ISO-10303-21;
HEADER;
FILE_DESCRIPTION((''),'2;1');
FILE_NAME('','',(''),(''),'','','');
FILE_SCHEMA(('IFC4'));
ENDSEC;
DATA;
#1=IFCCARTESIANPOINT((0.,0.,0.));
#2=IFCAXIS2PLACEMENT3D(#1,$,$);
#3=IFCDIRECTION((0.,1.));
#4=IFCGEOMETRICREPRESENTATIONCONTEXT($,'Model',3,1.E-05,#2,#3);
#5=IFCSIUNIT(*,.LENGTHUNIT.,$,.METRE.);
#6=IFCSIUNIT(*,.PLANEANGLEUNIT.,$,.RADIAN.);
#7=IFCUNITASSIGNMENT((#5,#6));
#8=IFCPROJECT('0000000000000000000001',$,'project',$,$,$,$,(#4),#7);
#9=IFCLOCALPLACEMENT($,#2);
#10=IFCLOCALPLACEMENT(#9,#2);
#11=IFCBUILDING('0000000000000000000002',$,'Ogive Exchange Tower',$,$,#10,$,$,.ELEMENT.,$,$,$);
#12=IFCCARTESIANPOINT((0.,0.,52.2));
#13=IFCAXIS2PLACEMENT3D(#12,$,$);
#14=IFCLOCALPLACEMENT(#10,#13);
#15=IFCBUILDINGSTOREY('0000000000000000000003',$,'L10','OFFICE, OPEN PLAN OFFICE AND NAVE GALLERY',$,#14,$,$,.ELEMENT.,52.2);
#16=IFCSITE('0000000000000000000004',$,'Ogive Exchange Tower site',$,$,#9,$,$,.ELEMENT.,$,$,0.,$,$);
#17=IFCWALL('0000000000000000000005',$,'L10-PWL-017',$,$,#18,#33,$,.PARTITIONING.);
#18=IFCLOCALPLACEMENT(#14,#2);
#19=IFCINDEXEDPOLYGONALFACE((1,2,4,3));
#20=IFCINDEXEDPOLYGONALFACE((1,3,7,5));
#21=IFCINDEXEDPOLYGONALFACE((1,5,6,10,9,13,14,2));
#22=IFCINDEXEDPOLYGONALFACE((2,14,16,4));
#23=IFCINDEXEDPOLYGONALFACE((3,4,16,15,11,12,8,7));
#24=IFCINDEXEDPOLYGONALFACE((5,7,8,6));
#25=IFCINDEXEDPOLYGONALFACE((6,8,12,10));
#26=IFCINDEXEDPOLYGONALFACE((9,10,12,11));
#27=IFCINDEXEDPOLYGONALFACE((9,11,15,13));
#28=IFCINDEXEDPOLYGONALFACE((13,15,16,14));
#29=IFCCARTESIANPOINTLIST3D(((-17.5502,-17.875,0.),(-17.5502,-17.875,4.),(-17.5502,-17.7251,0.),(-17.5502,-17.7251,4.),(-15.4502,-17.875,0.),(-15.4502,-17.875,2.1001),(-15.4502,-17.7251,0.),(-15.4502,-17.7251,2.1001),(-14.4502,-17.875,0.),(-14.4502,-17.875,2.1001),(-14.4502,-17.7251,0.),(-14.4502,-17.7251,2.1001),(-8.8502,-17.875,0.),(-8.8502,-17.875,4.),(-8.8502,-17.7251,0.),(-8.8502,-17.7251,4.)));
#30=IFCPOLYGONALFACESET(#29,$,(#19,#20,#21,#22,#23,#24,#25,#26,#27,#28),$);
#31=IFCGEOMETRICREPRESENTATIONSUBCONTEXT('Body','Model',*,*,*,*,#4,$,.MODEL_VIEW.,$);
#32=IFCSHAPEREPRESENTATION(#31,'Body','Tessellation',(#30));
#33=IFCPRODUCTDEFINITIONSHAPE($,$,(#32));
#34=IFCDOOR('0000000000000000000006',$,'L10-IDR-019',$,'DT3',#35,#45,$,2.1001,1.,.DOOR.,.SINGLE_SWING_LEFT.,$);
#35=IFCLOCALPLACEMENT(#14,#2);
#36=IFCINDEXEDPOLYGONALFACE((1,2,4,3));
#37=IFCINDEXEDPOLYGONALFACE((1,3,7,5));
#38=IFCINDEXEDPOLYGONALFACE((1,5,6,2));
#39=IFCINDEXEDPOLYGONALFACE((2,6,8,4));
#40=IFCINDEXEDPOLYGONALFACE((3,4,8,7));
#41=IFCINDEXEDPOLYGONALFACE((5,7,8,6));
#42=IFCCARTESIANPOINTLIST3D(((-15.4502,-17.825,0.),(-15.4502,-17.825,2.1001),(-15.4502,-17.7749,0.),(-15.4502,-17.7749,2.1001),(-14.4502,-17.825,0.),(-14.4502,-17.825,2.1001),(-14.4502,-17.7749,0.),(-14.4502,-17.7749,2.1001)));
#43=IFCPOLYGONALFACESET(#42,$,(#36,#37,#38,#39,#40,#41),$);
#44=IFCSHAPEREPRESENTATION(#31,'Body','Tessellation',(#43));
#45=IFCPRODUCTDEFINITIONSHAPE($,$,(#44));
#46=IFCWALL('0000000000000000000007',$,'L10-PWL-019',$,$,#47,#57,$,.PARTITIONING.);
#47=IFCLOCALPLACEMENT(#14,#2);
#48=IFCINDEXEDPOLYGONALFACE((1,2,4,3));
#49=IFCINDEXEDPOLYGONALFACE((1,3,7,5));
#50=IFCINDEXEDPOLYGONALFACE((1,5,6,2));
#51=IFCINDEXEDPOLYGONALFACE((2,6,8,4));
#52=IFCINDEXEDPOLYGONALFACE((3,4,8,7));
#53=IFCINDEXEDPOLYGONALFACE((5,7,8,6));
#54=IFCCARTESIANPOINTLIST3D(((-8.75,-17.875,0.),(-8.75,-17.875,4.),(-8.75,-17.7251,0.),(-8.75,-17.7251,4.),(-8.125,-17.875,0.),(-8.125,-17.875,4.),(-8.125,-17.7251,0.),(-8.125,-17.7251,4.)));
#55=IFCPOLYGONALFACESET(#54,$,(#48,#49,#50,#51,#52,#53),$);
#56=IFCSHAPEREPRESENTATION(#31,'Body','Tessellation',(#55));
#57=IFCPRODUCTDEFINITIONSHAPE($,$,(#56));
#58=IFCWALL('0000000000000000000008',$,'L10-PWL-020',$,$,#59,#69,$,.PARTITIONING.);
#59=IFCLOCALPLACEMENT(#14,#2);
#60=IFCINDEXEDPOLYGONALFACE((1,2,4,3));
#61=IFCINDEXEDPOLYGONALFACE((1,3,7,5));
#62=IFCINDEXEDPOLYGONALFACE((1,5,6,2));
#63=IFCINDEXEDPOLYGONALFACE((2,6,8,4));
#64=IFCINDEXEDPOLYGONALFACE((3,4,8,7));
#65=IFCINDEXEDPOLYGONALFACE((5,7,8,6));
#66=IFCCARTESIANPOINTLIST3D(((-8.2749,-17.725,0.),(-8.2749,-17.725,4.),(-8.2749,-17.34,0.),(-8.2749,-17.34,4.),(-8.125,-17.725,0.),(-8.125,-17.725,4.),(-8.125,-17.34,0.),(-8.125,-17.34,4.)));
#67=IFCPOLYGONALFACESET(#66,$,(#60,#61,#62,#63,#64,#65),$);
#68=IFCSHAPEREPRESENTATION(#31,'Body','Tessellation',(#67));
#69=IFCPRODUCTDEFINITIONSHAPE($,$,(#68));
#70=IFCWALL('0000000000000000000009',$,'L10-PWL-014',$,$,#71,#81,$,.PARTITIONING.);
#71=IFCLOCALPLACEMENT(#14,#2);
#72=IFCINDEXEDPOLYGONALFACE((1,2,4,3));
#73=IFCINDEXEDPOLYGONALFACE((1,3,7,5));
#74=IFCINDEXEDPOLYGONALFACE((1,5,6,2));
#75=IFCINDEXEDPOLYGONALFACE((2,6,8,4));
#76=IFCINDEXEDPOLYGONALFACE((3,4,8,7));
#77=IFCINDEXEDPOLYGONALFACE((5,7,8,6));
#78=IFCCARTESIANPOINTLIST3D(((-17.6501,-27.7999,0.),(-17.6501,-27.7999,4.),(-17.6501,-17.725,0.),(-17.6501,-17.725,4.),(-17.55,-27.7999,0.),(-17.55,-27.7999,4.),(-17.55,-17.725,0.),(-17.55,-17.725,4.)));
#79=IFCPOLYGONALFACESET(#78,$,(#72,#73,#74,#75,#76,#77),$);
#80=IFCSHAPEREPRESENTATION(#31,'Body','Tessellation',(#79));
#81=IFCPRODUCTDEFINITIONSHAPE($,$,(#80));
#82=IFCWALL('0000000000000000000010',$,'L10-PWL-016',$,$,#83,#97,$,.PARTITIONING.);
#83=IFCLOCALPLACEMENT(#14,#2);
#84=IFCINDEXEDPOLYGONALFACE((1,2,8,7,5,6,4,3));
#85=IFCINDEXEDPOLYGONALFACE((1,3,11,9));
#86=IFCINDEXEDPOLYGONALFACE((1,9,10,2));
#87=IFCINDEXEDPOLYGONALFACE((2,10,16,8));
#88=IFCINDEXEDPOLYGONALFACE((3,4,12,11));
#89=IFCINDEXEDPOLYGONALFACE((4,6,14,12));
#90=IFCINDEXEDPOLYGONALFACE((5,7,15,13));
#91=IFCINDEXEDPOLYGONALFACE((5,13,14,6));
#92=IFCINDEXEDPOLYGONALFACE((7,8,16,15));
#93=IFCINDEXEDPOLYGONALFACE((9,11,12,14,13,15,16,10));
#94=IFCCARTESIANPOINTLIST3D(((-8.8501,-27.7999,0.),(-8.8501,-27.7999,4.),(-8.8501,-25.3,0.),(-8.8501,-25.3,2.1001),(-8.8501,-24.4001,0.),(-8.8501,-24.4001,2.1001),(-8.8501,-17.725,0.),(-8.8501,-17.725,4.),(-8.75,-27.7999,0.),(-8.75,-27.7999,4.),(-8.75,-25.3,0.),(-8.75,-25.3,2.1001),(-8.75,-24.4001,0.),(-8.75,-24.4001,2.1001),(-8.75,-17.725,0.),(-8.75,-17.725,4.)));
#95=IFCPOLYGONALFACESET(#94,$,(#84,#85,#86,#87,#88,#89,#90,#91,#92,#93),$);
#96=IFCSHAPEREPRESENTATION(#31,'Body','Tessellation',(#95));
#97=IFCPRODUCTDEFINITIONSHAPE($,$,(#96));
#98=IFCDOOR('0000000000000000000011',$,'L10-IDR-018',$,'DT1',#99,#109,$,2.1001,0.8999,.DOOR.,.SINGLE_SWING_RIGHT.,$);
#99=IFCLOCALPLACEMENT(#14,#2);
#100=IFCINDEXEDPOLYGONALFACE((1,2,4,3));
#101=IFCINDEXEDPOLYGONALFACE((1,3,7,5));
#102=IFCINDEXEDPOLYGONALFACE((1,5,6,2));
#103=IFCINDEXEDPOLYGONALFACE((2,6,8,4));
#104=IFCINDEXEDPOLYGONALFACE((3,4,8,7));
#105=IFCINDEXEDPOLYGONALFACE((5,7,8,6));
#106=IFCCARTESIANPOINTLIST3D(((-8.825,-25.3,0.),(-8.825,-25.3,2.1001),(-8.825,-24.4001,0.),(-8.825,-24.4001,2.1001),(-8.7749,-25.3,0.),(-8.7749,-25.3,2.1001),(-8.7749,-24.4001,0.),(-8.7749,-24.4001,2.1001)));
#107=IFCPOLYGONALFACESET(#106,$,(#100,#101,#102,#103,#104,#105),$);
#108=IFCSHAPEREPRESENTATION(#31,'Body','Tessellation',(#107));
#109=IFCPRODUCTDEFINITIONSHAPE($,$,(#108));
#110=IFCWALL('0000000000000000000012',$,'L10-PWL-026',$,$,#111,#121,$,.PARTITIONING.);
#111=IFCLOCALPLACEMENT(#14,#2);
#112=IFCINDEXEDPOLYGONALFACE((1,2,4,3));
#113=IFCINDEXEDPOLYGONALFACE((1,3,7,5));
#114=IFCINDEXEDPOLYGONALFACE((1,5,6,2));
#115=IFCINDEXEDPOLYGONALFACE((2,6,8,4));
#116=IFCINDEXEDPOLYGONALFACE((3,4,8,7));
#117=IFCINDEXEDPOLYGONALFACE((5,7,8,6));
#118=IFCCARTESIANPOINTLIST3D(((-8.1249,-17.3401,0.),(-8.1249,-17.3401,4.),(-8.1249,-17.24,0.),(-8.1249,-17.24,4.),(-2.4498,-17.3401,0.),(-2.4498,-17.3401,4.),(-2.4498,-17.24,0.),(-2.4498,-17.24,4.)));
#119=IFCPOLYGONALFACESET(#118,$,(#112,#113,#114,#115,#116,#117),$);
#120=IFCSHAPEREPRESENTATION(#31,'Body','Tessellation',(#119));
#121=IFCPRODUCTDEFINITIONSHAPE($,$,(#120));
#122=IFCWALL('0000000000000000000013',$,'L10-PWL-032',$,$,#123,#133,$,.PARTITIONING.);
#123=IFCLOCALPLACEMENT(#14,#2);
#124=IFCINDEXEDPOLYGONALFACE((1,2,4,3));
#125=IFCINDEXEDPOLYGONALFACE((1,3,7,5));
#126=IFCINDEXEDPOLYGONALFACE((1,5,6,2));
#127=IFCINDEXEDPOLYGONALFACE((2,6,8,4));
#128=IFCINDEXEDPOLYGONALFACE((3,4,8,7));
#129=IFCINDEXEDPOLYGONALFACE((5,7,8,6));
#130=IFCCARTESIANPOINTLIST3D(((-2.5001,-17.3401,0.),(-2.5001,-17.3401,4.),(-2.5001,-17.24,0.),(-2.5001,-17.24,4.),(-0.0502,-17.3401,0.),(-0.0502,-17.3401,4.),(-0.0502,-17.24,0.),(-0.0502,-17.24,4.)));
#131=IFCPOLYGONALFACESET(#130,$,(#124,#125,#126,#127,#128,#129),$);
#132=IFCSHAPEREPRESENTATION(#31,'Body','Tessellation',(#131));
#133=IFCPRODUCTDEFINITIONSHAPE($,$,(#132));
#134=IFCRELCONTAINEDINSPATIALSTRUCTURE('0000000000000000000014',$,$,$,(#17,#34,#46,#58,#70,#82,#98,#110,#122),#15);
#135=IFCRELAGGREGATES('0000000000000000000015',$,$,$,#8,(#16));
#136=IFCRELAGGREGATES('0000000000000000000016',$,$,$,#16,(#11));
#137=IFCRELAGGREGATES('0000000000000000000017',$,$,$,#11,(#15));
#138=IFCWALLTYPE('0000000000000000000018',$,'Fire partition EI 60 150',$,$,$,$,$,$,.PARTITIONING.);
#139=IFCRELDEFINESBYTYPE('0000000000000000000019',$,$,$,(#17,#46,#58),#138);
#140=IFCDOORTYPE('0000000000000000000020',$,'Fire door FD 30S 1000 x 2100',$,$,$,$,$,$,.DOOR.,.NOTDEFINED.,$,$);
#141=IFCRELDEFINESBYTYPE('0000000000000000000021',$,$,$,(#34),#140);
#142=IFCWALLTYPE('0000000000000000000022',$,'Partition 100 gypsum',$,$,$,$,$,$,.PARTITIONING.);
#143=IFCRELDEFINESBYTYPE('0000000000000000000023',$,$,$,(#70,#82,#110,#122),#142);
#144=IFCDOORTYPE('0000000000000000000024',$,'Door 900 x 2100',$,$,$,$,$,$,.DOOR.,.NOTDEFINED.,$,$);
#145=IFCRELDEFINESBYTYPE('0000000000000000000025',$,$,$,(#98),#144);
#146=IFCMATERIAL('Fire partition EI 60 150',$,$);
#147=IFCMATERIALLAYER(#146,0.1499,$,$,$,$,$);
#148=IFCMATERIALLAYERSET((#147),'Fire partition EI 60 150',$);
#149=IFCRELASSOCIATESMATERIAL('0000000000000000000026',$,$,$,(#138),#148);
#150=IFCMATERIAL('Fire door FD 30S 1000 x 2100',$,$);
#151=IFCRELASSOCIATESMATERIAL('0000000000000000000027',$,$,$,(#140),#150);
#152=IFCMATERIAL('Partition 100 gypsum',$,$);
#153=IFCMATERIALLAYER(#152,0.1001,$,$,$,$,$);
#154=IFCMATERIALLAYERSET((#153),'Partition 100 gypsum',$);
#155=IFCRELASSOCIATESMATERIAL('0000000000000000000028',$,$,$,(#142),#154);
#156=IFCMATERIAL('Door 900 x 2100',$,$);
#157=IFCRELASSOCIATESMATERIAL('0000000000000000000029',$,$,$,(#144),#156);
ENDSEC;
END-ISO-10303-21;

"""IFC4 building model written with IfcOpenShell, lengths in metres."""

from ifc_helpers import new_model, si_unit, direction, frame, frame_2d, origin, place, context, subcontext, project, spatial, rectangle, extrude, material, layer, layer_set, type_object, element, fill, save


model = new_model("IFC4")

# Units and contexts
model_context = context("Model", 3, precision=1e-05, world=origin(), true_north=direction((0.0, 1.0)))
body_context = subcontext(model_context, "Body", "Model", "MODEL_VIEW")
ifc_project = project(units=[si_unit("LENGTHUNIT", "METRE"), si_unit("PLANEANGLEUNIT", "RADIAN")], contexts=[model_context])

# Site, building, storey
site_placement = place(None, origin())
site = spatial("IfcSite", under=ifc_project, at=site_placement, Name="Ogive Exchange Tower site", CompositionType="ELEMENT", RefElevation=0.0)
building_placement = place(site_placement, origin())
building = spatial("IfcBuilding", under=site, at=building_placement, Name="Ogive Exchange Tower", CompositionType="ELEMENT")
storey_placement = place(building_placement, frame((0.0, 0.0, 52.2)))
storey = spatial("IfcBuildingStorey", under=building, at=storey_placement, Name="L10", Description="OFFICE, OPEN PLAN OFFICE AND NAVE GALLERY", CompositionType="ELEMENT", Elevation=52.2)

# Wall, opening, door
ifc_material_1 = material(Name="Fire partition EI 60 150")
ifc_layer_1 = layer(ifc_material_1, 0.1499)
ifc_layer_set_1 = layer_set([ifc_layer_1], Name="Fire partition EI 60 150")
wall_type_1 = type_object("IfcWallType", Name="Fire partition EI 60 150", PredefinedType="PARTITIONING", material=ifc_layer_set_1)
ifc_material_2 = material(Name="Fire door FD 30S 1000 x 2100")
door_type_1 = type_object("IfcDoorType", Name="Fire door FD 30S 1000 x 2100", OperationType="NOTDEFINED", PredefinedType="DOOR", material=ifc_material_2)
wall_1_placement = place(storey_placement, frame((-8.8501, -17.8, 0.0), z_axis=(0.0, 0.0, 1.0), x_axis=(-1.0, 0.0, 0.0)))
wall_1 = element("IfcWall", 1, at=wall_1_placement, inside=storey, type_object=wall_type_1, Name="L10-PWL-017", PredefinedType="PARTITIONING", context=body_context, shape_type="SweptSolid", body=[
    extrude(rectangle(XDim=8.7, YDim=0.1499, at=frame_2d((4.3501, 0.0))), origin(), (0.0, 0.0, 1.0), 4.0),
])
opening_1_placement = place(wall_1_placement, frame((5.6001, 0.0, 0.0)))
opening_1 = element("IfcOpeningElement", 2, at=opening_1_placement, cuts=wall_1, PredefinedType="OPENING", context=body_context, shape_type="SweptSolid", body=[
    extrude(rectangle(XDim=1.0, YDim=2.1001, at=frame_2d((0.5, 1.05))), frame((0.0, 0.085, 0.0), z_axis=(0.0, -1.0, 0.0), x_axis=(1.0, 0.0, 0.0)), (0.0, 0.0, 1.0), 0.1699),
])
door_1_placement = place(opening_1_placement, origin())
door_1 = element("IfcDoor", 3, at=door_1_placement, inside=storey, type_object=door_type_1, Name="L10-IDR-019", ObjectType="DT3", OperationType="SINGLE_SWING_LEFT", OverallHeight=2.1001, OverallWidth=1.0, PredefinedType="DOOR", context=body_context, shape_type="SweptSolid", body=[
    extrude(rectangle(XDim=1.0, YDim=2.1001, at=frame_2d((0.5, 1.05))), frame((0.0, 0.0249, 0.0), z_axis=(0.0, -1.0, 0.0), x_axis=(1.0, 0.0, 0.0)), (0.0, 0.0, 1.0), 0.05),
])
fill(opening_1, door_1)

# Walls
wall_2_placement = place(storey_placement, frame((-8.125, -17.8, 0.0), z_axis=(0.0, 0.0, 1.0), x_axis=(-1.0, 0.0, 0.0)))
element("IfcWall", 4, at=wall_2_placement, inside=storey, type_object=wall_type_1, Name="L10-PWL-019", PredefinedType="PARTITIONING", context=body_context, shape_type="SweptSolid", body=[
    extrude(rectangle(XDim=0.625, YDim=0.1499, at=frame_2d((0.3125, 0.0))), origin(), (0.0, 0.0, 1.0), 4.0),
])
wall_3_placement = place(storey_placement, frame((-8.2, -17.3401, 0.0), z_axis=(0.0, 0.0, 1.0), x_axis=(0.0, -1.0, 0.0)))
element("IfcWall", 5, at=wall_3_placement, inside=storey, type_object=wall_type_1, Name="L10-PWL-020", PredefinedType="PARTITIONING", context=body_context, shape_type="SweptSolid", body=[
    extrude(rectangle(XDim=0.385, YDim=0.1499, at=frame_2d((0.1924, 0.0))), origin(), (0.0, 0.0, 1.0), 4.0),
])
ifc_material_3 = material(Name="Partition 100 gypsum")
ifc_layer_2 = layer(ifc_material_3, 0.1001)
ifc_layer_set_2 = layer_set([ifc_layer_2], Name="Partition 100 gypsum")
wall_type_2 = type_object("IfcWallType", Name="Partition 100 gypsum", PredefinedType="PARTITIONING", material=ifc_layer_set_2)
wall_4_placement = place(storey_placement, frame((-17.6001, -27.8, 0.0), z_axis=(0.0, 0.0, 1.0), x_axis=(0.0, 1.0, 0.0)))
element("IfcWall", 6, at=wall_4_placement, inside=storey, type_object=wall_type_2, Name="L10-PWL-014", PredefinedType="PARTITIONING", context=body_context, shape_type="SweptSolid", body=[
    extrude(rectangle(XDim=10.075, YDim=0.1001, at=frame_2d((5.0376, 0.0))), origin(), (0.0, 0.0, 1.0), 4.0),
])

# Wall, opening, door
wall_5_placement = place(storey_placement, frame((-8.8, -27.8, 0.0), z_axis=(0.0, 0.0, 1.0), x_axis=(0.0, 1.0, 0.0)))
wall_5 = element("IfcWall", 7, at=wall_5_placement, inside=storey, type_object=wall_type_2, Name="L10-PWL-016", PredefinedType="PARTITIONING", context=body_context, shape_type="SweptSolid", body=[
    extrude(rectangle(XDim=10.075, YDim=0.1001, at=frame_2d((5.0376, 0.0))), origin(), (0.0, 0.0, 1.0), 4.0),
])
opening_2_placement = place(wall_5_placement, frame((2.5, 0.0, 0.0)))
opening_2 = element("IfcOpeningElement", 8, at=opening_2_placement, cuts=wall_5, PredefinedType="OPENING", context=body_context, shape_type="SweptSolid", body=[
    extrude(rectangle(XDim=0.8999, YDim=2.1001, at=frame_2d((0.45, 1.05))), frame((0.0, 0.0601, 0.0), z_axis=(0.0, -1.0, 0.0), x_axis=(1.0, 0.0, 0.0)), (0.0, 0.0, 1.0), 0.1201),
])
ifc_material_4 = material(Name="Door 900 x 2100")
door_type_2 = type_object("IfcDoorType", Name="Door 900 x 2100", OperationType="NOTDEFINED", PredefinedType="DOOR", material=ifc_material_4)
door_2_placement = place(opening_2_placement, origin())
door_2 = element("IfcDoor", 9, at=door_2_placement, inside=storey, type_object=door_type_2, Name="L10-IDR-018", ObjectType="DT1", OperationType="SINGLE_SWING_RIGHT", OverallHeight=2.1001, OverallWidth=0.8999, PredefinedType="DOOR", context=body_context, shape_type="SweptSolid", body=[
    extrude(rectangle(XDim=0.8999, YDim=2.1001, at=frame_2d((0.45, 1.05))), frame((0.0, 0.0249, 0.0), z_axis=(0.0, -1.0, 0.0), x_axis=(1.0, 0.0, 0.0)), (0.0, 0.0, 1.0), 0.05),
])
fill(opening_2, door_2)

# Walls
wall_6_placement = place(storey_placement, frame((-2.45, -17.29, 0.0), z_axis=(0.0, 0.0, 1.0), x_axis=(-1.0, 0.0, 0.0)))
element("IfcWall", 10, at=wall_6_placement, inside=storey, type_object=wall_type_2, Name="L10-PWL-026", PredefinedType="PARTITIONING", context=body_context, shape_type="SweptSolid", body=[
    extrude(rectangle(XDim=5.675, YDim=0.1001, at=frame_2d((2.8374, 0.0))), origin(), (0.0, 0.0, 1.0), 4.0),
])
wall_7_placement = place(storey_placement, frame((-0.05, -17.29, 0.0), z_axis=(0.0, 0.0, 1.0), x_axis=(-1.0, 0.0, 0.0)))
element("IfcWall", 11, at=wall_7_placement, inside=storey, type_object=wall_type_2, Name="L10-PWL-032", PredefinedType="PARTITIONING", context=body_context, shape_type="SweptSolid", body=[
    extrude(rectangle(XDim=2.45, YDim=0.1001, at=frame_2d((1.2251, 0.0))), origin(), (0.0, 0.0, 1.0), 4.0),
])

save(model, "model.ifc")
